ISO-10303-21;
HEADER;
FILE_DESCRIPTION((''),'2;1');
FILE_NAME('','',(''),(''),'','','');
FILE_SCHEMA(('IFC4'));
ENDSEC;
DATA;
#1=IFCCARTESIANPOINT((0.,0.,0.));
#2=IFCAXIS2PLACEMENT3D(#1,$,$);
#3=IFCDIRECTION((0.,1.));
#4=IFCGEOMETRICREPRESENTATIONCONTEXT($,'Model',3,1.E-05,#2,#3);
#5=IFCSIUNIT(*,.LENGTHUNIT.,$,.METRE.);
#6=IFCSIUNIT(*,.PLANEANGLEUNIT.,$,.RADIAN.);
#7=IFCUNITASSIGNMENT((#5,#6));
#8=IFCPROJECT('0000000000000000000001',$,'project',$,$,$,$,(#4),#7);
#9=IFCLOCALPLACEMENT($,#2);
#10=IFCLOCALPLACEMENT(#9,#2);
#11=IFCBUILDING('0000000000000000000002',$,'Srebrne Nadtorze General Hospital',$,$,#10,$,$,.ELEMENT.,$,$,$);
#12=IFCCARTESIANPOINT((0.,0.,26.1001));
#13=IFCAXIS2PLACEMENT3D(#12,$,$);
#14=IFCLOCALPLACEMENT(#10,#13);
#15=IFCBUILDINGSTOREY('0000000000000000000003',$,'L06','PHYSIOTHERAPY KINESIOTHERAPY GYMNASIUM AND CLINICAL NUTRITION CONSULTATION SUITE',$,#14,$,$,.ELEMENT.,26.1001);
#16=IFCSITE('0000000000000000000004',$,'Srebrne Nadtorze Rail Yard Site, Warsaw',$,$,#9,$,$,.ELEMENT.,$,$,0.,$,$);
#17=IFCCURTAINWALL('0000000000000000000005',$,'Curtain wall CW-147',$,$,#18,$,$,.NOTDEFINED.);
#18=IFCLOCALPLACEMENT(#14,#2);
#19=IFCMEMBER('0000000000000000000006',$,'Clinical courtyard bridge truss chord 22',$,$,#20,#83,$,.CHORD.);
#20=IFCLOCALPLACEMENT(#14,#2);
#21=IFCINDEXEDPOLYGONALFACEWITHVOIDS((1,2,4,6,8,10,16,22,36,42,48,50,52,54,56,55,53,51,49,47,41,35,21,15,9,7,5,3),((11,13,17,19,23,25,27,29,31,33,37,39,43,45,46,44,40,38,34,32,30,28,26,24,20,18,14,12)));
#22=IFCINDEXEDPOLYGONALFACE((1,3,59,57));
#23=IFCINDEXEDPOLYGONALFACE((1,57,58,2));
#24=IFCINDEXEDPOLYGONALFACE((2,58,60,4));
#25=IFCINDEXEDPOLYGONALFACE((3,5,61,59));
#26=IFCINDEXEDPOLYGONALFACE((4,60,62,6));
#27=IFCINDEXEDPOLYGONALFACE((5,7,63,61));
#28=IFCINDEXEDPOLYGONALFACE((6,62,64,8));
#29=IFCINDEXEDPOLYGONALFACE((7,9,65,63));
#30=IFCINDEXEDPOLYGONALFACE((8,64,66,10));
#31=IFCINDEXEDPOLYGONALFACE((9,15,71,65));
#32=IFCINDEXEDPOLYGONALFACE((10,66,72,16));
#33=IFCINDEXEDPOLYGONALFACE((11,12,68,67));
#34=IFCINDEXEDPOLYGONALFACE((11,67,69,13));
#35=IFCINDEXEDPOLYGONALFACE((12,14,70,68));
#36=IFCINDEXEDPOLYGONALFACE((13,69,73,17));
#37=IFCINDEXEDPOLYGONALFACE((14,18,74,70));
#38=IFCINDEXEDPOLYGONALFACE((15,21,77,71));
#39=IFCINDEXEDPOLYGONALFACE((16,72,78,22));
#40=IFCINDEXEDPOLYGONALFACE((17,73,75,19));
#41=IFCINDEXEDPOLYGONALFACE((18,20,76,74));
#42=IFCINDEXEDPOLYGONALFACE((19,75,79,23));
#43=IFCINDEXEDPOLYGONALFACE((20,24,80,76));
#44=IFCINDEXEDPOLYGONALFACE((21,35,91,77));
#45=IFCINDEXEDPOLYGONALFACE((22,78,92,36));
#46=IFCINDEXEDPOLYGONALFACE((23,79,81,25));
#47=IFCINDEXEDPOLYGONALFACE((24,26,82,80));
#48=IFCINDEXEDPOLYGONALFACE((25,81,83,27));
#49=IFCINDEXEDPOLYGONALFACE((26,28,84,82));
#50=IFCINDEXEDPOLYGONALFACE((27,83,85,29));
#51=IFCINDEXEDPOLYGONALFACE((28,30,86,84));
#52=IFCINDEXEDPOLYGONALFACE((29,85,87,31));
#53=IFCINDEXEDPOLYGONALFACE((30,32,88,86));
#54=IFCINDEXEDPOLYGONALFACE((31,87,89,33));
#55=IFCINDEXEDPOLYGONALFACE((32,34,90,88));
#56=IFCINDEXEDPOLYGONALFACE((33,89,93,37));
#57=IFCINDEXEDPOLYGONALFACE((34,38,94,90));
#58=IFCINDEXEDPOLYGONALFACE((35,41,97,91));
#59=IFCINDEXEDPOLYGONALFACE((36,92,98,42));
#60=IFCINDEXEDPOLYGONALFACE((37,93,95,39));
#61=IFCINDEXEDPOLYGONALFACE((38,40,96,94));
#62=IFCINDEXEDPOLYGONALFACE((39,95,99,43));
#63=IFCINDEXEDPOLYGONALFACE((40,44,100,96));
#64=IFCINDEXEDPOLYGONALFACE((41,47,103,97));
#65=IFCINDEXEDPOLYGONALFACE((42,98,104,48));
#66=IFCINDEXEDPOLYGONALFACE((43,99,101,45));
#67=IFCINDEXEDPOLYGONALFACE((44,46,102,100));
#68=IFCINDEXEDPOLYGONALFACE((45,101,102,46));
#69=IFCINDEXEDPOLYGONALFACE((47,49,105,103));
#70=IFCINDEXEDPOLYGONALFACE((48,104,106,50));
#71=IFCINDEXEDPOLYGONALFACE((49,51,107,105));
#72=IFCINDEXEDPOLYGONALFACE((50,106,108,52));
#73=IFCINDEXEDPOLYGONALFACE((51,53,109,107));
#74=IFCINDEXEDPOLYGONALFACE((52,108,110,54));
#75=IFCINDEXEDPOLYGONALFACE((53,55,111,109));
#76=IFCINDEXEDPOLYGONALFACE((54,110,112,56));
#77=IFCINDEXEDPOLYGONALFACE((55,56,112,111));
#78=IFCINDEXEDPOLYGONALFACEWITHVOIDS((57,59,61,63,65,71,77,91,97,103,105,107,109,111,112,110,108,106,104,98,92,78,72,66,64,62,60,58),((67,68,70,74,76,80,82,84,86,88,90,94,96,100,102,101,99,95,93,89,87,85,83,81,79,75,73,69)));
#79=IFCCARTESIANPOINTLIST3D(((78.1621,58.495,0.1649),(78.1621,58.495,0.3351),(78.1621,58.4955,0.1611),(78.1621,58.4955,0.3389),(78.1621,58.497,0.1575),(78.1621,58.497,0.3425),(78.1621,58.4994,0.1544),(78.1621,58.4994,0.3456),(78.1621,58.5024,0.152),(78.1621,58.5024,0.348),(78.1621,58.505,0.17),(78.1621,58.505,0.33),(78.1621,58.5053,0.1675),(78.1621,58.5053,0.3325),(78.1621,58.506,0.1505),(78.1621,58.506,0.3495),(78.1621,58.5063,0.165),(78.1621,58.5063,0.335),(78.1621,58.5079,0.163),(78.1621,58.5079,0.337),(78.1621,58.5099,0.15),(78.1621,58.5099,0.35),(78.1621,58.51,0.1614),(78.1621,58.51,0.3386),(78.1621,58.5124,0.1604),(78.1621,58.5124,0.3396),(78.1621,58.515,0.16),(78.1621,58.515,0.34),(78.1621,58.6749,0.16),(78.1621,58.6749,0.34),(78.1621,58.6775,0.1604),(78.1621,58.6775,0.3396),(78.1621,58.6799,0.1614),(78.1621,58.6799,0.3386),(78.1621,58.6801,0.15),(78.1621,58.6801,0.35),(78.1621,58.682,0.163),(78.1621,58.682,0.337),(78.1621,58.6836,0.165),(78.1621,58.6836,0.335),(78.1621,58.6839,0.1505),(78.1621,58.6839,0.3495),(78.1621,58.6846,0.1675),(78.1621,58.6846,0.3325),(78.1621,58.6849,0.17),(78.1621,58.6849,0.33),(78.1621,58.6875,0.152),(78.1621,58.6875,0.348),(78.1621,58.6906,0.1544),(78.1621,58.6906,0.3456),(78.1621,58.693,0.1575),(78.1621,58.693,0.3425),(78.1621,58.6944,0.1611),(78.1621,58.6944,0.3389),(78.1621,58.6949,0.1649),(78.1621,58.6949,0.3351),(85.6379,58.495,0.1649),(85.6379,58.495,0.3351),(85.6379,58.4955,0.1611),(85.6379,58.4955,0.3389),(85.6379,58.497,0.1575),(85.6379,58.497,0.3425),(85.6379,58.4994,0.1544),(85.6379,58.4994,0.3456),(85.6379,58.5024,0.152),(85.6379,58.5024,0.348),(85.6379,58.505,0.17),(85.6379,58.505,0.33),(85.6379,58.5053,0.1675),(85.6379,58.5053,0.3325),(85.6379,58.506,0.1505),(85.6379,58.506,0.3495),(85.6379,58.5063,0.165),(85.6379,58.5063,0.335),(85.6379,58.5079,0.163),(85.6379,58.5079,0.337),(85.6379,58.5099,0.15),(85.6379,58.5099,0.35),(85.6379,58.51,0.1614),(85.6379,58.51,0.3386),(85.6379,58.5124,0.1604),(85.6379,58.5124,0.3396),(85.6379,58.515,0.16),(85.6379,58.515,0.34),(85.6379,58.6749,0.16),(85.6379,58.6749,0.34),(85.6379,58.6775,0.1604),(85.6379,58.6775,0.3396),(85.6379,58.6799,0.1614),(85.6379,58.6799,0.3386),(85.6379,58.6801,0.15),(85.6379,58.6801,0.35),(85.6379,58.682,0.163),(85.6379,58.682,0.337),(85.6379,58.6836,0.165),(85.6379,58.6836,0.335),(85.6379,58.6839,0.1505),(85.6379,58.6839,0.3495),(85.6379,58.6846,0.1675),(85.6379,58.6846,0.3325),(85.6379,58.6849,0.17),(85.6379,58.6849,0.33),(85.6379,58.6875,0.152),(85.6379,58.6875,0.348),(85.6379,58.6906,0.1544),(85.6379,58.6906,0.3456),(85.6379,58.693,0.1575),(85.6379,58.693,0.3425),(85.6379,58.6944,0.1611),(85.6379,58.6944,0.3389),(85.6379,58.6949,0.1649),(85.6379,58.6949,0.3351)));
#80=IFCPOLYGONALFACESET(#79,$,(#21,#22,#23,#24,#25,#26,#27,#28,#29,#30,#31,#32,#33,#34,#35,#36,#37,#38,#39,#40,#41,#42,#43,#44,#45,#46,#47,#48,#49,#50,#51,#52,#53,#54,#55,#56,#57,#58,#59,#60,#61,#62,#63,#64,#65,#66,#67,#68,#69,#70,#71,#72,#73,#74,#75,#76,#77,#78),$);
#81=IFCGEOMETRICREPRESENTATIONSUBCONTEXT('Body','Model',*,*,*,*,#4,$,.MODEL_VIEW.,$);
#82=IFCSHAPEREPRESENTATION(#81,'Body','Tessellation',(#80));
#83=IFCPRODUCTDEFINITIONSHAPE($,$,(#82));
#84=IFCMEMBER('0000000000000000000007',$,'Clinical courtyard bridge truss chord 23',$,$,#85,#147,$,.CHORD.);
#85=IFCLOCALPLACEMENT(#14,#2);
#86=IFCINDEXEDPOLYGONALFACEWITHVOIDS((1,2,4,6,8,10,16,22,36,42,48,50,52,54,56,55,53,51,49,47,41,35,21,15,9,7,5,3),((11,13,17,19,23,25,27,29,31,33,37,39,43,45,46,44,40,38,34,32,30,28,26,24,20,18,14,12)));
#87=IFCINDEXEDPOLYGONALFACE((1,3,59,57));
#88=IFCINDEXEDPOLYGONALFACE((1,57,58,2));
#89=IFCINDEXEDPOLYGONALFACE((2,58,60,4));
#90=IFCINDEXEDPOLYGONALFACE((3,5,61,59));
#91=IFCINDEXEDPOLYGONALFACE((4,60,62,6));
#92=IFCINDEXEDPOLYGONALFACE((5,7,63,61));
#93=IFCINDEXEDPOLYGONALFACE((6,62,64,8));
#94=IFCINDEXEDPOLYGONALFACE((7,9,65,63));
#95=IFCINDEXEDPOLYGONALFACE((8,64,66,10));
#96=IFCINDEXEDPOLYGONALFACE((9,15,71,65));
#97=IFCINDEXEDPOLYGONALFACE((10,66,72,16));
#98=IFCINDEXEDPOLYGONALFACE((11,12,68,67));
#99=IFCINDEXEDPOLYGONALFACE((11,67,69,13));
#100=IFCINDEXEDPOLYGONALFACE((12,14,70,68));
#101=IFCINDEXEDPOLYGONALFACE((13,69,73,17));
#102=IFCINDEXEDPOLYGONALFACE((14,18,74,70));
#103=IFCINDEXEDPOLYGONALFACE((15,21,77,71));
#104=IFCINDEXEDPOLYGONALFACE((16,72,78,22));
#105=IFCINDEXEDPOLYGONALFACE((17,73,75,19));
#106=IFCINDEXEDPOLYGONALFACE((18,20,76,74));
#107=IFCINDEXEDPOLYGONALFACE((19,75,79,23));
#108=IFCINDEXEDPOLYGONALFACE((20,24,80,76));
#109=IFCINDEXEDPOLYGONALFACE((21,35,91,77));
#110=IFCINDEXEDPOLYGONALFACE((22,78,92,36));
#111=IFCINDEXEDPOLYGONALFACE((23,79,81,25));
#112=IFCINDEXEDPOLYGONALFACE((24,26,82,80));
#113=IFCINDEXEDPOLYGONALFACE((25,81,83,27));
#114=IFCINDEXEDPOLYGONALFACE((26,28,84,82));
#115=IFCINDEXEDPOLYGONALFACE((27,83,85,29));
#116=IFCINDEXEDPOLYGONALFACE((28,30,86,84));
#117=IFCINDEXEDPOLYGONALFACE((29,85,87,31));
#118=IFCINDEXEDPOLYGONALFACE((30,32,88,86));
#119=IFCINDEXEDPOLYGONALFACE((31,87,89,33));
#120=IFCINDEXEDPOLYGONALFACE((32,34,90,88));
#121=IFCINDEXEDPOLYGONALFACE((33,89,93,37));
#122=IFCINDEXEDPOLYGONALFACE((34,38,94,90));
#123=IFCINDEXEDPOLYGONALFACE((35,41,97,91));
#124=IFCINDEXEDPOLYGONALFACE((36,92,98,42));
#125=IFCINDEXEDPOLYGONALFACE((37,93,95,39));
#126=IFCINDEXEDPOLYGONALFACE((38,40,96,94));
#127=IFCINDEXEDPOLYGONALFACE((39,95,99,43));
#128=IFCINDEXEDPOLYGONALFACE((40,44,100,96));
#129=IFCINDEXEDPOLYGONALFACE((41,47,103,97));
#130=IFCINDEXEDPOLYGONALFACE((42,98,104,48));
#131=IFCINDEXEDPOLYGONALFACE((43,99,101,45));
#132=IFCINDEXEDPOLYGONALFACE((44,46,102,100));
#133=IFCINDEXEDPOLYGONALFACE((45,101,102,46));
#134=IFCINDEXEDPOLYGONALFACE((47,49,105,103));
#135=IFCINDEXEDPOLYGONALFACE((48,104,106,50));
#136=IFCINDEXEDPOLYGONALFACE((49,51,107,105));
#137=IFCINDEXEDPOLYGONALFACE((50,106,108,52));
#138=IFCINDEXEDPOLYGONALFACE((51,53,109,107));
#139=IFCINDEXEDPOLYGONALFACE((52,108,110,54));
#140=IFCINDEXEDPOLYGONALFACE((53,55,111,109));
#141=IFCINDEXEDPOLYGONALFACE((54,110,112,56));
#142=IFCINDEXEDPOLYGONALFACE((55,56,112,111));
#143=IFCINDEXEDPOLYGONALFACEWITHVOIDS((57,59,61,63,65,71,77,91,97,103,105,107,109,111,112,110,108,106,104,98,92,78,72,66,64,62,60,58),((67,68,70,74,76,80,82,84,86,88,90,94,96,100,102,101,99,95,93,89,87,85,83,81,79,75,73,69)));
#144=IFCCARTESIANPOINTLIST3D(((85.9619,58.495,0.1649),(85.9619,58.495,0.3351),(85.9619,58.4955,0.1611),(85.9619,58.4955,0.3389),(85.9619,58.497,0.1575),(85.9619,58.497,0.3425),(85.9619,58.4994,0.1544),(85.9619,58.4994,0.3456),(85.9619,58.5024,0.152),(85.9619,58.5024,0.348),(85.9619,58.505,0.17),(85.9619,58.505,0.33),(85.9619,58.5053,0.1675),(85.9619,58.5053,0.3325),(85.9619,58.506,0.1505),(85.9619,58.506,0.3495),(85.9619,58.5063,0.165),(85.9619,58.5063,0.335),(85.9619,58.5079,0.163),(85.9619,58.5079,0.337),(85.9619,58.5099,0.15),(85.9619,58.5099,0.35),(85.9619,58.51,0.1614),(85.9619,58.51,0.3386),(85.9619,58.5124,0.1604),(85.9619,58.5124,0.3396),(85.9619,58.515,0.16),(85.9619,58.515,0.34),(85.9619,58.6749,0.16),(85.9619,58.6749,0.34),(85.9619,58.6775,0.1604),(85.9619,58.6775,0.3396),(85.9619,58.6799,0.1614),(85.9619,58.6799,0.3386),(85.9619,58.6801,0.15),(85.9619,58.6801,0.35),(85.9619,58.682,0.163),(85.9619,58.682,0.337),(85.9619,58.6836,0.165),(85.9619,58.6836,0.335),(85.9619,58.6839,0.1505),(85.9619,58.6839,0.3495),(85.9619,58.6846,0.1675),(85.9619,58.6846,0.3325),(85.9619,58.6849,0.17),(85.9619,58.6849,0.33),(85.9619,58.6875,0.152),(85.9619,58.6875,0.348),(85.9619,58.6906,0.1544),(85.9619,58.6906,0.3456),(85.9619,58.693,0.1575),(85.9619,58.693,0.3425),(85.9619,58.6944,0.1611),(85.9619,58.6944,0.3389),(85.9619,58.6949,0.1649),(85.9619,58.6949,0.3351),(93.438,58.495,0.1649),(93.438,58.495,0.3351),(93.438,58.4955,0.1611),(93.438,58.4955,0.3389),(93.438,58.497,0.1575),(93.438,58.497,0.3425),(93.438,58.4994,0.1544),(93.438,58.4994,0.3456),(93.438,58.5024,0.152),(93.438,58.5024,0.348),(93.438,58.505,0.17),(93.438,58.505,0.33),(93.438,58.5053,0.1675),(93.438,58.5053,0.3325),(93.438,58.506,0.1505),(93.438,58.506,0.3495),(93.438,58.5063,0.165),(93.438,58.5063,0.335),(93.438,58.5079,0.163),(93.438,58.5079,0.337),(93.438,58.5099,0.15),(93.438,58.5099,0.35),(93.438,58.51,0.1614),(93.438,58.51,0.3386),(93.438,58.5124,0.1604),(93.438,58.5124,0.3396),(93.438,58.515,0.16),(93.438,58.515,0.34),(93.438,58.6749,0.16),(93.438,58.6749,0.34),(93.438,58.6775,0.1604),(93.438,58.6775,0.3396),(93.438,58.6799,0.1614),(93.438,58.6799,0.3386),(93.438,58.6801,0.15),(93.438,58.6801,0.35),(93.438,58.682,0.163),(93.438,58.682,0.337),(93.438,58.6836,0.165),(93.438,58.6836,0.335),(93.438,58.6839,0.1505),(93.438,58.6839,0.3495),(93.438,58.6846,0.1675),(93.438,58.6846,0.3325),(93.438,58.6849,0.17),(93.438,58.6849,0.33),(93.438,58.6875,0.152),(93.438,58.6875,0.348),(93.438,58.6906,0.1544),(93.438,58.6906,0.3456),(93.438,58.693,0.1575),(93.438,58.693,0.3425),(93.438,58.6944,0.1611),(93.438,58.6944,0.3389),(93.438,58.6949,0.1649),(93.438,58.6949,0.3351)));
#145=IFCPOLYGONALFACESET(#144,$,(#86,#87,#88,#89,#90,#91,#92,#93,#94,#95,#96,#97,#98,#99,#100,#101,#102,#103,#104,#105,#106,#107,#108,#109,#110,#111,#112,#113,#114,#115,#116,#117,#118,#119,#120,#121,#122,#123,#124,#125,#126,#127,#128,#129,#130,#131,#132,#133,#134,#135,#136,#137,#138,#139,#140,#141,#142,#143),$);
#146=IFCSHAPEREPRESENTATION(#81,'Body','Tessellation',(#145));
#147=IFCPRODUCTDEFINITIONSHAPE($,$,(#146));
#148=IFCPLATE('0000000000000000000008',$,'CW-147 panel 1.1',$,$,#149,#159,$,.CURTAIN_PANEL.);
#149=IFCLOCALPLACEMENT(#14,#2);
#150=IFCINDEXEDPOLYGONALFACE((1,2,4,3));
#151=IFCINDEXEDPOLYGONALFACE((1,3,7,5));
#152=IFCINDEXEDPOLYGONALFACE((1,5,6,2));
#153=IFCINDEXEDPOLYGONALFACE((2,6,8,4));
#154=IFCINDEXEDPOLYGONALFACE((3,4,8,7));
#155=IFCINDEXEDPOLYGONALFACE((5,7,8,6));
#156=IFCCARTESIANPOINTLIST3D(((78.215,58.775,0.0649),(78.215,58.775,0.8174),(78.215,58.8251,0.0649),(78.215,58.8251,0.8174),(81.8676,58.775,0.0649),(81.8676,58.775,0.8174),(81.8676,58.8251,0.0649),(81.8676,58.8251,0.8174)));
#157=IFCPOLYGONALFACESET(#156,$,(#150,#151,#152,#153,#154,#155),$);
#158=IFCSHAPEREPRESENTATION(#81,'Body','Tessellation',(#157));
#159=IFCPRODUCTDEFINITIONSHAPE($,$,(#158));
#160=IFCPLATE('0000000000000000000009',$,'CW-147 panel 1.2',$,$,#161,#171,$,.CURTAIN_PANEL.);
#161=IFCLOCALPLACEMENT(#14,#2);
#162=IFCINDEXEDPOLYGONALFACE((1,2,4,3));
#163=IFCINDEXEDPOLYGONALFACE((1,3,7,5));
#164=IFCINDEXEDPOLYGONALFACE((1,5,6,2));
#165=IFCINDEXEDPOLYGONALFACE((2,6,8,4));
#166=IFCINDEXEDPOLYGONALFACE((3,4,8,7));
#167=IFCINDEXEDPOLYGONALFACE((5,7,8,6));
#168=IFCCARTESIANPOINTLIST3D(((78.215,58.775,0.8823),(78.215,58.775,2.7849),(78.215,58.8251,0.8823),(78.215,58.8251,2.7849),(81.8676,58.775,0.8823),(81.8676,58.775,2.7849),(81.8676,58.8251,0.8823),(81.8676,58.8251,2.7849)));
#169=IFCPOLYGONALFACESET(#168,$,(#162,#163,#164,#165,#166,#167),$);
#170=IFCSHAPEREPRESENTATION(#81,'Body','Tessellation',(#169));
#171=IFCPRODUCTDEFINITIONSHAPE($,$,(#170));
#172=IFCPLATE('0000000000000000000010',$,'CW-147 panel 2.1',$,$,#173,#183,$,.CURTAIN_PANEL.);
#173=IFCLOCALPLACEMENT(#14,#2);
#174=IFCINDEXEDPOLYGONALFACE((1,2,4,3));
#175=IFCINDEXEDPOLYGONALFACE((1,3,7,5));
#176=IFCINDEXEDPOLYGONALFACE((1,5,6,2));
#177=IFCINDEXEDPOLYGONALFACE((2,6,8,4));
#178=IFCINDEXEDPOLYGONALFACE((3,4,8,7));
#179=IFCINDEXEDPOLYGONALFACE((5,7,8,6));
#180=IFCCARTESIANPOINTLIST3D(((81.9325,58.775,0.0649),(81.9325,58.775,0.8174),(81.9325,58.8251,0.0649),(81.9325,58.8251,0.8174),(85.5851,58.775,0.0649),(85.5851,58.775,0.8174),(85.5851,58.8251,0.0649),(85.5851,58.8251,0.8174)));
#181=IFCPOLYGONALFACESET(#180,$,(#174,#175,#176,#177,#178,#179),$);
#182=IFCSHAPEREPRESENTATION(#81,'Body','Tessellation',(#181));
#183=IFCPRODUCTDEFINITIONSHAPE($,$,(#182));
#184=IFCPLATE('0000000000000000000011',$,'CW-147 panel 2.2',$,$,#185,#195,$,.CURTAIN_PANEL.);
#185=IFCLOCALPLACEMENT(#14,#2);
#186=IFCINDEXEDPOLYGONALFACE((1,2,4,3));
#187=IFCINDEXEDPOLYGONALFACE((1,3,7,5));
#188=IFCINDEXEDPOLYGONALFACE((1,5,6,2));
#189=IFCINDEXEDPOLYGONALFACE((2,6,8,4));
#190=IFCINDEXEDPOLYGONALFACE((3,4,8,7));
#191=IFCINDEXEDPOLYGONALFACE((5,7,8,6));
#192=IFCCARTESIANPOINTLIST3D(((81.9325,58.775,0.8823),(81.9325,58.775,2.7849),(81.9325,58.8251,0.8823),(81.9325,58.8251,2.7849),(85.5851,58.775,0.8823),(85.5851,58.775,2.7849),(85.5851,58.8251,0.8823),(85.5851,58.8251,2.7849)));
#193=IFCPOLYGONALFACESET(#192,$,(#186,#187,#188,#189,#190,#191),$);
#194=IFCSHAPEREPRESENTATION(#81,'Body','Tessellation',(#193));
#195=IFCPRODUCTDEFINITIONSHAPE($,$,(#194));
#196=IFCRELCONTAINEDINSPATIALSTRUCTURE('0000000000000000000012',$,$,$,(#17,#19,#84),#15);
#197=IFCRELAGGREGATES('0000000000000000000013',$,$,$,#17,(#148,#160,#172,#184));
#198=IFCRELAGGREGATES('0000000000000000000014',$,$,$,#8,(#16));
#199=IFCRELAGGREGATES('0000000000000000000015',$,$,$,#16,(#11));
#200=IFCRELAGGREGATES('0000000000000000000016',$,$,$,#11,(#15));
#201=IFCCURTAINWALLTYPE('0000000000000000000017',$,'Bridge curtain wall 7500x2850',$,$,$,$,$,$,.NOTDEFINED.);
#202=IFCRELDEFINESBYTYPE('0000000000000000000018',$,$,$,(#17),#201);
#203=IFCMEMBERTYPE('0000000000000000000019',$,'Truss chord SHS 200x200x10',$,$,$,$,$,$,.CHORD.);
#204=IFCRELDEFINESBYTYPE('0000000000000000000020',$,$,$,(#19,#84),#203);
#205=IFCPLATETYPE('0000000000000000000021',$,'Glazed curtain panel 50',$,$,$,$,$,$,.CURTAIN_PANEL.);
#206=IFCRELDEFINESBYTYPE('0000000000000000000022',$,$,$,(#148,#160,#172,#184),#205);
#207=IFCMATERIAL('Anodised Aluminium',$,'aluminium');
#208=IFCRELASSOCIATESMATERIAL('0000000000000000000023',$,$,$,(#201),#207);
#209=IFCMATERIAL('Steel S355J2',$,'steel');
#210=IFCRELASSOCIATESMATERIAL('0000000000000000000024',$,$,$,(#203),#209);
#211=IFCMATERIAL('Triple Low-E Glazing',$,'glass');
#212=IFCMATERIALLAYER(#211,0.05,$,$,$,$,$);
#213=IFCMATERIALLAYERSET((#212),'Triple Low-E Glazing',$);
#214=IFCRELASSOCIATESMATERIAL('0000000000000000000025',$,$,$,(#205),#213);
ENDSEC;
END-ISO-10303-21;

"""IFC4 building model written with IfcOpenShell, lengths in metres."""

from ifc_helpers import new_model, si_unit, direction, frame, origin, origin_2d, place, context, subcontext, project, spatial, rectangle, hollow_rectangle, extrude, material, layer, layer_set, material_profile, profile_set, type_object, element, aggregate, save


model = new_model("IFC4")

# Units and contexts
model_context = context("Model", 3, precision=1e-05, world=origin(), true_north=direction((0.0, 1.0)))
body_context = subcontext(model_context, "Body", "Model", "MODEL_VIEW")
ifc_project = project(units=[si_unit("LENGTHUNIT", "METRE"), si_unit("PLANEANGLEUNIT", "RADIAN")], contexts=[model_context])

# Site, building, storey
site_placement = place(None, origin())
site = spatial("IfcSite", under=ifc_project, at=site_placement, Name="Srebrne Nadtorze Rail Yard Site, Warsaw", CompositionType="ELEMENT", RefElevation=0.0)
building_placement = place(site_placement, origin())
building = spatial("IfcBuilding", under=site, at=building_placement, Name="Srebrne Nadtorze General Hospital", CompositionType="ELEMENT")
storey_placement = place(building_placement, frame((0.0, 0.0, 26.1001)))
storey = spatial("IfcBuildingStorey", under=building, at=storey_placement, Name="L06", Description="PHYSIOTHERAPY KINESIOTHERAPY GYMNASIUM AND CLINICAL NUTRITION CONSULTATION SUITE", CompositionType="ELEMENT", Elevation=26.1001)

# Shared definitions
ifc_material_1 = material(Name="Anodised Aluminium", Category="aluminium")
curtain_wall_type = type_object("IfcCurtainWallType", Name="Bridge curtain wall 7500x2850", PredefinedType="NOTDEFINED", material=ifc_material_1)

# Curtain wall
curtain_wall_1_placement = place(storey_placement, origin())
curtain_wall_1 = element("IfcCurtainWall", 1, at=curtain_wall_1_placement, inside=storey, type_object=curtain_wall_type, Name="Curtain wall CW-147", PredefinedType="NOTDEFINED")

# Members
ifc_material_2 = material(Name="Steel S355J2", Category="steel")
ifc_material_profile_1 = material_profile(ifc_material_2, hollow_rectangle(XDim=0.2, YDim=0.2, WallThickness=0.01, InnerFilletRadius=0.01, OuterFilletRadius=0.0149, at=origin_2d()), Name="SHS-200x200x10")
ifc_profile_set_1 = profile_set([ifc_material_profile_1], Name="Steel S355J2")
member_type_1 = type_object("IfcMemberType", Name="Truss chord SHS 200x200x10", PredefinedType="CHORD", material=ifc_profile_set_1)
member_1_placement = place(storey_placement, frame((78.1621, 58.595, 0.25), z_axis=(1.0, 0.0, 0.0), x_axis=(0.0, 1.0, 0.0)))
element("IfcMember", 2, at=member_1_placement, inside=storey, type_object=member_type_1, Name="Clinical courtyard bridge truss chord 22", PredefinedType="CHORD", context=body_context, shape_type="SweptSolid", body=[
    extrude(hollow_rectangle(XDim=0.2, YDim=0.2, WallThickness=0.01, InnerFilletRadius=0.01, OuterFilletRadius=0.0149, at=origin_2d()), origin(), (0.0, 0.0, 1.0), 7.4758),
])
member_2_placement = place(storey_placement, frame((85.9619, 58.595, 0.25), z_axis=(1.0, 0.0, 0.0), x_axis=(0.0, 1.0, 0.0)))
element("IfcMember", 3, at=member_2_placement, inside=storey, type_object=member_type_1, Name="Clinical courtyard bridge truss chord 23", PredefinedType="CHORD", context=body_context, shape_type="SweptSolid", body=[
    extrude(hollow_rectangle(XDim=0.2, YDim=0.2, WallThickness=0.01, InnerFilletRadius=0.01, OuterFilletRadius=0.0149, at=origin_2d()), origin(), (0.0, 0.0, 1.0), 7.4761),
])

# Plates
ifc_material_3 = material(Name="Triple Low-E Glazing", Category="glass")
ifc_layer_1 = layer(ifc_material_3, 0.05)
ifc_layer_set_1 = layer_set([ifc_layer_1], Name="Triple Low-E Glazing")
plate_type_1 = type_object("IfcPlateType", Name="Glazed curtain panel 50", PredefinedType="CURTAIN_PANEL", material=ifc_layer_set_1)
plate_1_placement = place(storey_placement, frame((80.0413, 58.8, 0.0649), z_axis=(0.0, 0.0, 1.0), x_axis=(1.0, 0.0, 0.0)))
plate_1 = element("IfcPlate", 4, at=plate_1_placement, type_object=plate_type_1, Name="CW-147 panel 1.1", PredefinedType="CURTAIN_PANEL", context=body_context, shape_type="SweptSolid", body=[
    extrude(rectangle(XDim=3.6526, YDim=0.05, at=origin_2d()), origin(), (0.0, 0.0, 1.0), 0.7524),
])
plate_2_placement = place(storey_placement, frame((80.0413, 58.8, 0.8823), z_axis=(0.0, 0.0, 1.0), x_axis=(1.0, 0.0, 0.0)))
plate_2 = element("IfcPlate", 5, at=plate_2_placement, type_object=plate_type_1, Name="CW-147 panel 1.2", PredefinedType="CURTAIN_PANEL", context=body_context, shape_type="SweptSolid", body=[
    extrude(rectangle(XDim=3.6526, YDim=0.05, at=origin_2d()), origin(), (0.0, 0.0, 1.0), 1.9026),
])
plate_3_placement = place(storey_placement, frame((83.7588, 58.8, 0.0649), z_axis=(0.0, 0.0, 1.0), x_axis=(1.0, 0.0, 0.0)))
plate_3 = element("IfcPlate", 6, at=plate_3_placement, type_object=plate_type_1, Name="CW-147 panel 2.1", PredefinedType="CURTAIN_PANEL", context=body_context, shape_type="SweptSolid", body=[
    extrude(rectangle(XDim=3.6526, YDim=0.05, at=origin_2d()), origin(), (0.0, 0.0, 1.0), 0.7524),
])
plate_4_placement = place(storey_placement, frame((83.7588, 58.8, 0.8823), z_axis=(0.0, 0.0, 1.0), x_axis=(1.0, 0.0, 0.0)))
plate_4 = element("IfcPlate", 7, at=plate_4_placement, type_object=plate_type_1, Name="CW-147 panel 2.2", PredefinedType="CURTAIN_PANEL", context=body_context, shape_type="SweptSolid", body=[
    extrude(rectangle(XDim=3.6526, YDim=0.05, at=origin_2d()), origin(), (0.0, 0.0, 1.0), 1.9026),
])
aggregate(curtain_wall_1, [plate_1, plate_2, plate_3, plate_4])

save(model, "model.ifc")
